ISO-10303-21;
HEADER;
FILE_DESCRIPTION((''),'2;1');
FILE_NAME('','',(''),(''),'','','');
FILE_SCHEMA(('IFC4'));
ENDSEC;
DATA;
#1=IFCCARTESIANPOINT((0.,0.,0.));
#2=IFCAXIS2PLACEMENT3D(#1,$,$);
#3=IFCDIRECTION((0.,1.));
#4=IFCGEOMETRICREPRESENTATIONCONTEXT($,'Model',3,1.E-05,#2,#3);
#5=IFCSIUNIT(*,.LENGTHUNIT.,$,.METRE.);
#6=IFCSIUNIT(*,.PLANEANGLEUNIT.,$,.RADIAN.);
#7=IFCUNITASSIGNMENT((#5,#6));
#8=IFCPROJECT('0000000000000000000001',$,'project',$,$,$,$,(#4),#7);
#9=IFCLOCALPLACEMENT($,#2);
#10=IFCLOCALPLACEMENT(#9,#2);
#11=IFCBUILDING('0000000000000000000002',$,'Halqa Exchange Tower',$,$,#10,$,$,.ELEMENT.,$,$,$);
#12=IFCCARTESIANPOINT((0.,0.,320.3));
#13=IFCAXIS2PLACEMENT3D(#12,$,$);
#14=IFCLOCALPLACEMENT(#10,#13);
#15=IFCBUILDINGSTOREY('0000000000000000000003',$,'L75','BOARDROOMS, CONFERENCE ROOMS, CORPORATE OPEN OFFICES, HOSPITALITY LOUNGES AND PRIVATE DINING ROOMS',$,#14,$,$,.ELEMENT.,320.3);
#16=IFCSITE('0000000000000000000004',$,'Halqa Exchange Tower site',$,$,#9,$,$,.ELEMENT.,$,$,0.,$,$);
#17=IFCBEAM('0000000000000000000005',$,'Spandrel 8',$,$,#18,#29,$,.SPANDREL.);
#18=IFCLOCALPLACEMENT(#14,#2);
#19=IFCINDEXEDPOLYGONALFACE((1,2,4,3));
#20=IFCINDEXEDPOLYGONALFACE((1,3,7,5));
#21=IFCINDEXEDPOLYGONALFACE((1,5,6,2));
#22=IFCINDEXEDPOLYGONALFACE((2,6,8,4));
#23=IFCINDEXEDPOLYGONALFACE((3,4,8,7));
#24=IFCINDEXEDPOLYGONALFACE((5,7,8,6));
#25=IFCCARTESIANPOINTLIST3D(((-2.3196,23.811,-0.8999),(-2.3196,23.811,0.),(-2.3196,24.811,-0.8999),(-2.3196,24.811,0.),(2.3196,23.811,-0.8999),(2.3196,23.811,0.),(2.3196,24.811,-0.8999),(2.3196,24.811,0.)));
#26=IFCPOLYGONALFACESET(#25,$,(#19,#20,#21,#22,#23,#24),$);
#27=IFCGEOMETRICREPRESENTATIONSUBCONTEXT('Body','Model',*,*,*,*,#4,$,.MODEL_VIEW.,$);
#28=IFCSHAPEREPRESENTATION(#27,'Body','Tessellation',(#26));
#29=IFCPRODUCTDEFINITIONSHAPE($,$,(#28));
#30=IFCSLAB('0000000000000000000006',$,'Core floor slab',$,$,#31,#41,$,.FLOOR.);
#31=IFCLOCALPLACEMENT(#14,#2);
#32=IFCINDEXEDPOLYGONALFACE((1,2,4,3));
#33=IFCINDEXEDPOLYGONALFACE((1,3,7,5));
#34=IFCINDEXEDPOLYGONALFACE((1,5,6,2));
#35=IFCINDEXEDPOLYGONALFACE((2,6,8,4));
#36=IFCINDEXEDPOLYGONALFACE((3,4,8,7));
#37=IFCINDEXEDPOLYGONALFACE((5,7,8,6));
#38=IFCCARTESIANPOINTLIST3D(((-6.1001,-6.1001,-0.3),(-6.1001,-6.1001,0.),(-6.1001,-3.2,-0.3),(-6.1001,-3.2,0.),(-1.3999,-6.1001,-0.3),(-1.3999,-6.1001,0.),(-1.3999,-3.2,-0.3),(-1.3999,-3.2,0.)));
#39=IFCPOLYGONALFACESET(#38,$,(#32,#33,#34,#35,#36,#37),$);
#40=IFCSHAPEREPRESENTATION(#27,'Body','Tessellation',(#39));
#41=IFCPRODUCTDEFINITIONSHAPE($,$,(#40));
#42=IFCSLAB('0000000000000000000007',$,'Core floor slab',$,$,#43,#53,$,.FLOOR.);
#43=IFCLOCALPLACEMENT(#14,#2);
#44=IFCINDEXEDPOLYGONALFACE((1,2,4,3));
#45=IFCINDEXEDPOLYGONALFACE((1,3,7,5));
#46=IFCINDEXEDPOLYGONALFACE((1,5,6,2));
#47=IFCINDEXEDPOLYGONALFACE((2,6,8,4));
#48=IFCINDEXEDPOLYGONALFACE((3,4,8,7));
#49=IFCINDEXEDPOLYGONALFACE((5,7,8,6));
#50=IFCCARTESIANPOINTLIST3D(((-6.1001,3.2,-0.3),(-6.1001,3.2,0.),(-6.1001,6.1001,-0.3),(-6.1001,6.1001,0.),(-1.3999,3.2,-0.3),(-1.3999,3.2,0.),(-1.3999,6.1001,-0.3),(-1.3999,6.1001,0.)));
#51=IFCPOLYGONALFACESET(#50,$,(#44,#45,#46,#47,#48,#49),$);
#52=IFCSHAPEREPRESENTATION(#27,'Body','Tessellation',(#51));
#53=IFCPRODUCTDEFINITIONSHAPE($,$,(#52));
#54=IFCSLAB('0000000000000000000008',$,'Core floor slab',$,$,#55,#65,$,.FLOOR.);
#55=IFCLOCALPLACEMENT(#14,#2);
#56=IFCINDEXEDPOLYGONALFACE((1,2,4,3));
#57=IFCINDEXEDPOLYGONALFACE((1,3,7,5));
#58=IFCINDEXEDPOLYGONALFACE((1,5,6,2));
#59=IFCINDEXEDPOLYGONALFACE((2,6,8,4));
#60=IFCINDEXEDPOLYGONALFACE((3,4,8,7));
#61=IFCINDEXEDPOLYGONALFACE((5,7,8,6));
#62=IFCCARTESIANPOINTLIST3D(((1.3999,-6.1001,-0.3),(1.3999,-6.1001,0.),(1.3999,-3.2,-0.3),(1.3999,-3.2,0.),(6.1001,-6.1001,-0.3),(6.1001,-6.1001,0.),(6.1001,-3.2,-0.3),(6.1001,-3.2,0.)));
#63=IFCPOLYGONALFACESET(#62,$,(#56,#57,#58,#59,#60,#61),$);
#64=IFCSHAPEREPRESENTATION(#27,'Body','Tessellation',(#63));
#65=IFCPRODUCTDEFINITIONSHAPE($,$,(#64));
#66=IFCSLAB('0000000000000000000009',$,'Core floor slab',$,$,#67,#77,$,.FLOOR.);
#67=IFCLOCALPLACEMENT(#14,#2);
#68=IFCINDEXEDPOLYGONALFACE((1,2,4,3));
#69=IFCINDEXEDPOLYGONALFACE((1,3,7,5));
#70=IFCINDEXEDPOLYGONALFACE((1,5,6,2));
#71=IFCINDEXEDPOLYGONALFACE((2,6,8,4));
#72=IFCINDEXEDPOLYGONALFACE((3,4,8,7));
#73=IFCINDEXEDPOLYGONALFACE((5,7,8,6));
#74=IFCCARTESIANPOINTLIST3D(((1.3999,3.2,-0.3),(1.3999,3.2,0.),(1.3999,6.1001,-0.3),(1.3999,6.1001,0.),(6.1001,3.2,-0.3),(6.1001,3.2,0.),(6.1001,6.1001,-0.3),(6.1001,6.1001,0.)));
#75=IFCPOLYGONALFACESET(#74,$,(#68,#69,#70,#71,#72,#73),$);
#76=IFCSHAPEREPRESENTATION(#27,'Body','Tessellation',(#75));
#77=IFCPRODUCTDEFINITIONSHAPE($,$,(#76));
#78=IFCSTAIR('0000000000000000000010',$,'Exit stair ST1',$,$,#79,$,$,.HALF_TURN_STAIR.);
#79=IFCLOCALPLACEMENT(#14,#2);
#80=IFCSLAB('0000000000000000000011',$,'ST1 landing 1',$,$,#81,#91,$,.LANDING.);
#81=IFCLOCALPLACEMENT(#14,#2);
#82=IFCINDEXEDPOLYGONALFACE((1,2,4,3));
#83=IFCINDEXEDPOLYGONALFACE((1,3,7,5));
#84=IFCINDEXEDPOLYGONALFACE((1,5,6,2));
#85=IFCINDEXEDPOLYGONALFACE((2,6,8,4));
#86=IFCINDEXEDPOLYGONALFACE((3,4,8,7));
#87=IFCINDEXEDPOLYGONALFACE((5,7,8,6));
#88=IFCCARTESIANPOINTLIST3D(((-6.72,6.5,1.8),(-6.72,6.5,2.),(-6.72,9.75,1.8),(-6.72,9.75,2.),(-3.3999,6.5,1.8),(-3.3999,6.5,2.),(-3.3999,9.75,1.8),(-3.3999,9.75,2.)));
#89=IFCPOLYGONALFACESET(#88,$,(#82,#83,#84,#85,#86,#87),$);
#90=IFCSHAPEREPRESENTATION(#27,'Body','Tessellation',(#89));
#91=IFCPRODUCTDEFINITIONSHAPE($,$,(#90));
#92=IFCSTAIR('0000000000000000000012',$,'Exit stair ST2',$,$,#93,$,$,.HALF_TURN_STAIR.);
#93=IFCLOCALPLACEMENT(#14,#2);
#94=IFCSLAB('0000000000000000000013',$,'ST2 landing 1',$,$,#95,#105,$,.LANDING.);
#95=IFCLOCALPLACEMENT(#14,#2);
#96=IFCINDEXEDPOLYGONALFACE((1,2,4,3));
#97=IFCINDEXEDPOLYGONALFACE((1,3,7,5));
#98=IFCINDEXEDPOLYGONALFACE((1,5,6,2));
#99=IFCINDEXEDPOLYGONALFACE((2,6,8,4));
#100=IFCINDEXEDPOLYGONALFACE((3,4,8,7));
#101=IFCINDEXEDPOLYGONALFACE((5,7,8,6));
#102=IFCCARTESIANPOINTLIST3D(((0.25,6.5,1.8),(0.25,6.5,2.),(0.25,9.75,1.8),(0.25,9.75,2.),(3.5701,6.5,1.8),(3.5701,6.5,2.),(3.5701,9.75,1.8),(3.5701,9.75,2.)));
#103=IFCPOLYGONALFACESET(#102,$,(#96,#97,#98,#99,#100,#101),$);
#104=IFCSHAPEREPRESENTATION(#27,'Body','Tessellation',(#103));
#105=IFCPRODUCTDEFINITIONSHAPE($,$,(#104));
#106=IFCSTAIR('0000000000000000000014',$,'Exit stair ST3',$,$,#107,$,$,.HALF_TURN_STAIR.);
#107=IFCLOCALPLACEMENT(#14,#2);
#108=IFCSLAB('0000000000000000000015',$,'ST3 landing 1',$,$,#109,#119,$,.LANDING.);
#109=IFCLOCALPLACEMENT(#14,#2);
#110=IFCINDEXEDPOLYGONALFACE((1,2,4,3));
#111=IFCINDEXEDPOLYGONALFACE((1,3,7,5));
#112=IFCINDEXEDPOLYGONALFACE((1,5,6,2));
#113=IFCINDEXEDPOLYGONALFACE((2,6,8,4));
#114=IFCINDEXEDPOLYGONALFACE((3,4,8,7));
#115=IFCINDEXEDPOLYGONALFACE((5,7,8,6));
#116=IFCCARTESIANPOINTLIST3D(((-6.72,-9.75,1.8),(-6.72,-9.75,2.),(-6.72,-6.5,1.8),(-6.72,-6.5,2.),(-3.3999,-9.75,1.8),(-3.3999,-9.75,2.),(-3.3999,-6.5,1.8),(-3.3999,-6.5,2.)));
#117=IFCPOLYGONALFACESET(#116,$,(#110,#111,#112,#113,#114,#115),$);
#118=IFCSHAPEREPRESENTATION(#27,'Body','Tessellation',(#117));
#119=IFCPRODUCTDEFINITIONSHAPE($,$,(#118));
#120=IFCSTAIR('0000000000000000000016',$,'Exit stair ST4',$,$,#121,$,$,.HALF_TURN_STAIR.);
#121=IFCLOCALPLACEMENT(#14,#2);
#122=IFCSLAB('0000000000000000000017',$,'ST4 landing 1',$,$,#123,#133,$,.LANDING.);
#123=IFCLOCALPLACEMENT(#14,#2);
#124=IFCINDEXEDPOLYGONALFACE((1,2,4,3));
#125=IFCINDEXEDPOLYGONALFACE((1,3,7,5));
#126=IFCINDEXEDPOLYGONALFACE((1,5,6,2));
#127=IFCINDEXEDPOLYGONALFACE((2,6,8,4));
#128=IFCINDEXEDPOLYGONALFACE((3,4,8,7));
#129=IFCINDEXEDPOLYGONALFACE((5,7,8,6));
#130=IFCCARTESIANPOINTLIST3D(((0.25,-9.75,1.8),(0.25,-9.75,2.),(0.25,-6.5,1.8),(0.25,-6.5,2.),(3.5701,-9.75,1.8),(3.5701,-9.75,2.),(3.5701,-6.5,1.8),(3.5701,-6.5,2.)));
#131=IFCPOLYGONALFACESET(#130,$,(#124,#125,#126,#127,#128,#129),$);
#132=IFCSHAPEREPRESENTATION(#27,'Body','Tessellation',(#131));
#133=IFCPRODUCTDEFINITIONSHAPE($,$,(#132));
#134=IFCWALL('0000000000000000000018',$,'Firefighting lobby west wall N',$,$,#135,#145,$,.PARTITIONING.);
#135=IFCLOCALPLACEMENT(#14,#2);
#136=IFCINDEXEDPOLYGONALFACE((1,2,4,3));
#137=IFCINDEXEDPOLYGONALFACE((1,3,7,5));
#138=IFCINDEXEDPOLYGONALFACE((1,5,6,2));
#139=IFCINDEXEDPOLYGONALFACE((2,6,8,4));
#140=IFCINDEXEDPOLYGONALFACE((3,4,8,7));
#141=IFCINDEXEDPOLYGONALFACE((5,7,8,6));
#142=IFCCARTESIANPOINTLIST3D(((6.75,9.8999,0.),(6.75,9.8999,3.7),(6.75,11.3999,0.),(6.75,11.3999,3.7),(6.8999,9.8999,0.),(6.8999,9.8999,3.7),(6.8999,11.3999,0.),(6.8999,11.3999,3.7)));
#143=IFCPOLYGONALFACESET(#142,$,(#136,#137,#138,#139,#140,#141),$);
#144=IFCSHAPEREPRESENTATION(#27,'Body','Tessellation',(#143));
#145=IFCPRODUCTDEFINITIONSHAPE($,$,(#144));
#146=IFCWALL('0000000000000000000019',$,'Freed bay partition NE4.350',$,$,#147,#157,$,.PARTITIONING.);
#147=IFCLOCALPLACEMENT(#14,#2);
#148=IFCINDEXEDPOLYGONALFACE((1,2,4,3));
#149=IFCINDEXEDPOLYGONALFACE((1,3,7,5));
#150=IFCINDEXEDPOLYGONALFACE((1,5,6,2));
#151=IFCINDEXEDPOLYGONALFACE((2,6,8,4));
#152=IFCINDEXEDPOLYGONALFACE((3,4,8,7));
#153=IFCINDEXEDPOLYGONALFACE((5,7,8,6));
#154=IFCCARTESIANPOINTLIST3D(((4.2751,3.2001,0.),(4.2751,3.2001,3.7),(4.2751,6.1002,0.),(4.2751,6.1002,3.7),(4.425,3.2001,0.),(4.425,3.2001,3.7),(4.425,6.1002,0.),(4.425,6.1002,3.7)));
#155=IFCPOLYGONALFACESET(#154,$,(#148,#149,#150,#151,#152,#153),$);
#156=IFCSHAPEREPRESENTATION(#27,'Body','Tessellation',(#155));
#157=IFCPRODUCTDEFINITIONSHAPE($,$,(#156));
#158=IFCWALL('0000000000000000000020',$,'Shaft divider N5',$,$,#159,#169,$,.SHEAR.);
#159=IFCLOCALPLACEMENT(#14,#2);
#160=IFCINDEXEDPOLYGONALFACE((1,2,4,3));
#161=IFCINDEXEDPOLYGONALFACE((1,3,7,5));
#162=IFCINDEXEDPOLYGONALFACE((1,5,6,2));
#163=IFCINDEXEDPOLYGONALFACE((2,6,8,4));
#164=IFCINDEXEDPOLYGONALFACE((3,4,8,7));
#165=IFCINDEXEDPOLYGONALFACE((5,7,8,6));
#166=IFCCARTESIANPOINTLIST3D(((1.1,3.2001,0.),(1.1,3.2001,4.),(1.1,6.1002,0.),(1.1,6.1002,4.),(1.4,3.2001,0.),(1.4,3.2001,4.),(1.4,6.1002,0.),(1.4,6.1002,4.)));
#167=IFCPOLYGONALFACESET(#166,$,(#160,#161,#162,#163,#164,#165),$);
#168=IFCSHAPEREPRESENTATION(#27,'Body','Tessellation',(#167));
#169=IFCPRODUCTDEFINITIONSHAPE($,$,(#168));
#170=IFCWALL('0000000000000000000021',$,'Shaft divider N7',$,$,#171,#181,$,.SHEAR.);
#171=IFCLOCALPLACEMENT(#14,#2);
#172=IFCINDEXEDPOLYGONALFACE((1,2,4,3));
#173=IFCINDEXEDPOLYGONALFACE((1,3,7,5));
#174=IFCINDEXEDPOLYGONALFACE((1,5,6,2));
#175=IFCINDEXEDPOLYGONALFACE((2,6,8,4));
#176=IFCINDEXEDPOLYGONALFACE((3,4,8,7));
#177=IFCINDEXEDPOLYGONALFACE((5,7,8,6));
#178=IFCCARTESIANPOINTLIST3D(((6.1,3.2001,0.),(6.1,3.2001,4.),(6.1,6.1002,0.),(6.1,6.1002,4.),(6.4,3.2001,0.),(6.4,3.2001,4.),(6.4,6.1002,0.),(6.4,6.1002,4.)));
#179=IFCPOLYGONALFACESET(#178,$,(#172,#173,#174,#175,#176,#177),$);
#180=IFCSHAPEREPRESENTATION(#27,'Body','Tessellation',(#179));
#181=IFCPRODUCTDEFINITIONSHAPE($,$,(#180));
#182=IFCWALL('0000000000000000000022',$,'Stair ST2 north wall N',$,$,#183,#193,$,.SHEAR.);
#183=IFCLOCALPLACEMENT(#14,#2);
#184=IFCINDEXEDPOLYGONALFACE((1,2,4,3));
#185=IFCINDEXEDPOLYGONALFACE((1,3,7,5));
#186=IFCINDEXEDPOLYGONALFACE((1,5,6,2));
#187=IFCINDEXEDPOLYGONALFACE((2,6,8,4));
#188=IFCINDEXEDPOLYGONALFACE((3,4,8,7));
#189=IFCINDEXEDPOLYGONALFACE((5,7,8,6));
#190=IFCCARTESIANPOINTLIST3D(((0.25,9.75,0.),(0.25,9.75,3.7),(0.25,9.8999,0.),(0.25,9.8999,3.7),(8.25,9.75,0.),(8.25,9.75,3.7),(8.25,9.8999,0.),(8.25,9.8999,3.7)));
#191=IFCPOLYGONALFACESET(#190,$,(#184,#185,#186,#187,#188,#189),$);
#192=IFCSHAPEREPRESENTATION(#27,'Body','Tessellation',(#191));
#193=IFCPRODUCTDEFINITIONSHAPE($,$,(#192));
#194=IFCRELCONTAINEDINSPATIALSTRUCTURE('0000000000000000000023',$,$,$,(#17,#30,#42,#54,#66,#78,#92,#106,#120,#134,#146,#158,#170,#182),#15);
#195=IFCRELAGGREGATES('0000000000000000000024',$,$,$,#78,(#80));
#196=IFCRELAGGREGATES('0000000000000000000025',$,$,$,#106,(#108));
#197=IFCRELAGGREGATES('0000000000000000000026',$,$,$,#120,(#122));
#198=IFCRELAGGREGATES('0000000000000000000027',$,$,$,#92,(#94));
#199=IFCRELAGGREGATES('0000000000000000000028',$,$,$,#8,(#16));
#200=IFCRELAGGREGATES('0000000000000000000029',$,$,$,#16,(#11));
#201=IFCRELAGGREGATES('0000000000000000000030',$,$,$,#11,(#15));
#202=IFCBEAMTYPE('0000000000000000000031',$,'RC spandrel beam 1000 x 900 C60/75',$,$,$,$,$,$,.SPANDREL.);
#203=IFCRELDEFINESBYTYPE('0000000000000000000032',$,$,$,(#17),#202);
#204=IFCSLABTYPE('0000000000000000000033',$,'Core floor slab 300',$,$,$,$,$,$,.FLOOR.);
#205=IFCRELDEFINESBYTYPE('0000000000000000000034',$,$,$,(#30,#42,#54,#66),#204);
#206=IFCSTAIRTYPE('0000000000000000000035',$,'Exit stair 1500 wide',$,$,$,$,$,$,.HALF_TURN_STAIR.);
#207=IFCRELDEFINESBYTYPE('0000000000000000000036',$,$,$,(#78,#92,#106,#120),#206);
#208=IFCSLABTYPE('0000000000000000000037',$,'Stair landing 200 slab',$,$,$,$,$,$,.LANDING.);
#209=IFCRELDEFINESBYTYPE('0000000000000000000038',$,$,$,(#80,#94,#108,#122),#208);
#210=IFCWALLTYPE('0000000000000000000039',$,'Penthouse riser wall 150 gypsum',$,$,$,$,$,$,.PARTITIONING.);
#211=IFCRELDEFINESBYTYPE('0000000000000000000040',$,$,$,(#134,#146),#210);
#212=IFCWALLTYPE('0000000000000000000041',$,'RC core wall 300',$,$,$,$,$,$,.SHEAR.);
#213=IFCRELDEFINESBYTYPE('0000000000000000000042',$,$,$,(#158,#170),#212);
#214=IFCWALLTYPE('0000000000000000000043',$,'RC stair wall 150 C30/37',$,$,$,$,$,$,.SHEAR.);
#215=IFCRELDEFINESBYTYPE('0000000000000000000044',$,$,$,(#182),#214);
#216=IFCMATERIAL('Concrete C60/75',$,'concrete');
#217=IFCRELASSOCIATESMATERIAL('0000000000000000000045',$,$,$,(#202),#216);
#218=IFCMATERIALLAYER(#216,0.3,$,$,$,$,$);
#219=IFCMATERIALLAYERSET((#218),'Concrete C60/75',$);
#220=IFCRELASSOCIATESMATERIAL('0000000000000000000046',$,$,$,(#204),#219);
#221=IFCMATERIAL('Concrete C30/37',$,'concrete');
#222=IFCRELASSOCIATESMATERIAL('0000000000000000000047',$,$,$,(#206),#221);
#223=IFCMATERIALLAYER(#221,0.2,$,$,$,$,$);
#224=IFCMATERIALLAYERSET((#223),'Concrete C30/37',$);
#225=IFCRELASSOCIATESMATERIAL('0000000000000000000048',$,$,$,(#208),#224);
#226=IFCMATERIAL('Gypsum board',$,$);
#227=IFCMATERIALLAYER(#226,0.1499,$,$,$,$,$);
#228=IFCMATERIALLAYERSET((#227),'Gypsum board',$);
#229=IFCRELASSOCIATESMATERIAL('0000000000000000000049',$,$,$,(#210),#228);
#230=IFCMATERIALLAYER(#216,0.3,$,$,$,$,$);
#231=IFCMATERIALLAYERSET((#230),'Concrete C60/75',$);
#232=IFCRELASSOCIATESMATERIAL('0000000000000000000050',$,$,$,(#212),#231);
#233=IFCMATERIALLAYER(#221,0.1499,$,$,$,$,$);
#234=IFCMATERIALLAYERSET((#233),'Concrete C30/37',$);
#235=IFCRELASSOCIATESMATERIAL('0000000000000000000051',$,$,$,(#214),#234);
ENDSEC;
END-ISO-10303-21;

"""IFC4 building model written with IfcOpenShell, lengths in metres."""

from ifc_helpers import new_model, si_unit, direction, frame, frame_2d, origin, origin_2d, place, context, subcontext, project, spatial, polyline, rectangle, outline, extrude, material, layer, layer_set, material_profile, profile_set, type_object, element, aggregate, save


model = new_model("IFC4")

# Units and contexts
model_context = context("Model", 3, precision=1e-05, world=origin(), true_north=direction((0.0, 1.0)))
body_context = subcontext(model_context, "Body", "Model", "MODEL_VIEW")
ifc_project = project(units=[si_unit("LENGTHUNIT", "METRE"), si_unit("PLANEANGLEUNIT", "RADIAN")], contexts=[model_context])

# Site, building, storey
site_placement = place(None, origin())
site = spatial("IfcSite", under=ifc_project, at=site_placement, Name="Halqa Exchange Tower site", CompositionType="ELEMENT", RefElevation=0.0)
building_placement = place(site_placement, origin())
building = spatial("IfcBuilding", under=site, at=building_placement, Name="Halqa Exchange Tower", CompositionType="ELEMENT")
storey_placement = place(building_placement, frame((0.0, 0.0, 320.3)))
storey = spatial("IfcBuildingStorey", under=building, at=storey_placement, Name="L75", Description="BOARDROOMS, CONFERENCE ROOMS, CORPORATE OPEN OFFICES, HOSPITALITY LOUNGES AND PRIVATE DINING ROOMS", CompositionType="ELEMENT", Elevation=320.3)

# Beam
ifc_material_1 = material(Name="Concrete C60/75", Category="concrete")
ifc_material_profile_1 = material_profile(ifc_material_1, rectangle(XDim=1.0, YDim=0.8999, at=origin_2d()), Name="1000 x 900")
ifc_profile_set_1 = profile_set([ifc_material_profile_1], Name="Concrete C60/75")
beam_type_1 = type_object("IfcBeamType", Name="RC spandrel beam 1000 x 900 C60/75", PredefinedType="SPANDREL", material=ifc_profile_set_1)
beam_1_placement = place(storey_placement, frame((2.3196, 24.311, -0.45), z_axis=(-1.0, 0.0, 0.0), x_axis=(0.0, -1.0, 0.0)))
element("IfcBeam", 1, at=beam_1_placement, inside=storey, type_object=beam_type_1, Name="Spandrel 8", PredefinedType="SPANDREL", context=body_context, shape_type="SweptSolid", body=[
    extrude(rectangle(XDim=1.0, YDim=0.8999, at=origin_2d()), origin(), (0.0, 0.0, 1.0), 4.6392),
])

# Slabs
ifc_layer_1 = layer(ifc_material_1, 0.3)
ifc_layer_set_1 = layer_set([ifc_layer_1], Name="Concrete C60/75")
slab_type_1 = type_object("IfcSlabType", Name="Core floor slab 300", PredefinedType="FLOOR", material=ifc_layer_set_1)
slab_1_placement = place(storey_placement, frame((0.0, 0.0, -0.3)))
element("IfcSlab", 2, at=slab_1_placement, inside=storey, type_object=slab_type_1, Name="Core floor slab", PredefinedType="FLOOR", context=body_context, shape_type="SweptSolid", body=[
    extrude(outline(polyline([(-1.3999, -3.2), (-1.3999, -6.1001), (-6.1001, -6.1001), (-6.1001, -3.2), (-1.3999, -3.2)])), origin(), (0.0, 0.0, 1.0), 0.3),
])
slab_2_placement = place(storey_placement, frame((0.0, 0.0, -0.3)))
element("IfcSlab", 3, at=slab_2_placement, inside=storey, type_object=slab_type_1, Name="Core floor slab", PredefinedType="FLOOR", context=body_context, shape_type="SweptSolid", body=[
    extrude(outline(polyline([(-1.3999, 3.2), (-6.1001, 3.2), (-6.1001, 6.1001), (-1.3999, 6.1001), (-1.3999, 3.2)])), origin(), (0.0, 0.0, 1.0), 0.3),
])
slab_3_placement = place(storey_placement, frame((0.0, 0.0, -0.3)))
element("IfcSlab", 4, at=slab_3_placement, inside=storey, type_object=slab_type_1, Name="Core floor slab", PredefinedType="FLOOR", context=body_context, shape_type="SweptSolid", body=[
    extrude(outline(polyline([(6.1001, -3.2), (6.1001, -6.1001), (1.3999, -6.1001), (1.3999, -3.2), (6.1001, -3.2)])), origin(), (0.0, 0.0, 1.0), 0.3),
])
slab_4_placement = place(storey_placement, frame((0.0, 0.0, -0.3)))
element("IfcSlab", 5, at=slab_4_placement, inside=storey, type_object=slab_type_1, Name="Core floor slab", PredefinedType="FLOOR", context=body_context, shape_type="SweptSolid", body=[
    extrude(outline(polyline([(6.1001, 6.1001), (6.1001, 3.2), (1.3999, 3.2), (1.3999, 6.1001), (6.1001, 6.1001)])), origin(), (0.0, 0.0, 1.0), 0.3),
])

# Stairs, slabs
ifc_material_2 = material(Name="Concrete C30/37", Category="concrete")
stair_type = type_object("IfcStairType", Name="Exit stair 1500 wide", PredefinedType="HALF_TURN_STAIR", material=ifc_material_2)
stair_1_placement = place(storey_placement, origin())
stair_1 = element("IfcStair", 6, at=stair_1_placement, inside=storey, type_object=stair_type, Name="Exit stair ST1", PredefinedType="HALF_TURN_STAIR")
ifc_layer_2 = layer(ifc_material_2, 0.2)
ifc_layer_set_2 = layer_set([ifc_layer_2], Name="Concrete C30/37")
slab_type_2 = type_object("IfcSlabType", Name="Stair landing 200 slab", PredefinedType="LANDING", material=ifc_layer_set_2)
slab_5_placement = place(storey_placement, frame((0.0, 0.0, 1.8)))
slab_5 = element("IfcSlab", 7, at=slab_5_placement, type_object=slab_type_2, Name="ST1 landing 1", PredefinedType="LANDING", context=body_context, shape_type="SweptSolid", body=[
    extrude(outline(polyline([(-6.72, 6.5), (-3.3999, 6.5), (-3.3999, 9.75), (-6.72, 9.75), (-6.72, 6.5)])), origin(), (0.0, 0.0, 1.0), 0.2),
])
aggregate(stair_1, [slab_5])
stair_2_placement = place(storey_placement, origin())
stair_2 = element("IfcStair", 8, at=stair_2_placement, inside=storey, type_object=stair_type, Name="Exit stair ST2", PredefinedType="HALF_TURN_STAIR")
slab_6_placement = place(storey_placement, frame((0.0, 0.0, 1.8)))
slab_6 = element("IfcSlab", 9, at=slab_6_placement, type_object=slab_type_2, Name="ST2 landing 1", PredefinedType="LANDING", context=body_context, shape_type="SweptSolid", body=[
    extrude(outline(polyline([(0.25, 6.5), (3.5701, 6.5), (3.5701, 9.75), (0.25, 9.75), (0.25, 6.5)])), origin(), (0.0, 0.0, 1.0), 0.2),
])
stair_3_placement = place(storey_placement, origin())
stair_3 = element("IfcStair", 10, at=stair_3_placement, inside=storey, type_object=stair_type, Name="Exit stair ST3", PredefinedType="HALF_TURN_STAIR")
slab_7_placement = place(storey_placement, frame((0.0, 0.0, 1.8)))
slab_7 = element("IfcSlab", 11, at=slab_7_placement, type_object=slab_type_2, Name="ST3 landing 1", PredefinedType="LANDING", context=body_context, shape_type="SweptSolid", body=[
    extrude(outline(polyline([(-6.72, -9.75), (-3.3999, -9.75), (-3.3999, -6.5), (-6.72, -6.5), (-6.72, -9.75)])), origin(), (0.0, 0.0, 1.0), 0.2),
])
aggregate(stair_3, [slab_7])
stair_4_placement = place(storey_placement, origin())
stair_4 = element("IfcStair", 12, at=stair_4_placement, inside=storey, type_object=stair_type, Name="Exit stair ST4", PredefinedType="HALF_TURN_STAIR")
slab_8_placement = place(storey_placement, frame((0.0, 0.0, 1.8)))
slab_8 = element("IfcSlab", 13, at=slab_8_placement, type_object=slab_type_2, Name="ST4 landing 1", PredefinedType="LANDING", context=body_context, shape_type="SweptSolid", body=[
    extrude(outline(polyline([(0.25, -9.75), (3.5701, -9.75), (3.5701, -6.5), (0.25, -6.5), (0.25, -9.75)])), origin(), (0.0, 0.0, 1.0), 0.2),
])
aggregate(stair_4, [slab_8])

# Walls
ifc_material_3 = material(Name="Gypsum board")
ifc_layer_3 = layer(ifc_material_3, 0.1499)
ifc_layer_set_3 = layer_set([ifc_layer_3], Name="Gypsum board")
wall_type_1 = type_object("IfcWallType", Name="Penthouse riser wall 150 gypsum", PredefinedType="PARTITIONING", material=ifc_layer_set_3)
wall_1_placement = place(storey_placement, frame((6.825, 9.8999, 0.0), z_axis=(0.0, 0.0, 1.0), x_axis=(0.0, 1.0, 0.0)))
element("IfcWall", 14, at=wall_1_placement, inside=storey, type_object=wall_type_1, Name="Firefighting lobby west wall N", PredefinedType="PARTITIONING", context=body_context, shape_type="SweptSolid", body=[
    extrude(rectangle(XDim=1.5, YDim=0.1499, at=frame_2d((0.75, 0.0))), origin(), (0.0, 0.0, 1.0), 3.7),
])
wall_2_placement = place(storey_placement, frame((4.3501, 3.2, 0.0), z_axis=(0.0, 0.0, 1.0), x_axis=(0.0, 1.0, 0.0)))
element("IfcWall", 15, at=wall_2_placement, inside=storey, type_object=wall_type_1, Name="Freed bay partition NE4.350", PredefinedType="PARTITIONING", context=body_context, shape_type="SweptSolid", body=[
    extrude(rectangle(XDim=2.9001, YDim=0.1499, at=frame_2d((1.4502, 0.0))), origin(), (0.0, 0.0, 1.0), 3.7),
])
ifc_layer_4 = layer(ifc_material_1, 0.3)
ifc_layer_set_4 = layer_set([ifc_layer_4], Name="Concrete C60/75")
wall_type_2 = type_object("IfcWallType", Name="RC core wall 300", PredefinedType="SHEAR", material=ifc_layer_set_4)
for number, where, z_axis, x_axis, name in (
    (16, (1.25, 3.2, 0.0), (0.0, 0.0, 1.0), (0.0, 1.0, 0.0), "Shaft divider N5"),
    (17, (6.25, 3.2, 0.0), (0.0, 0.0, 1.0), (0.0, 1.0, 0.0), "Shaft divider N7"),
):
    element("IfcWall", number, at=place(storey_placement, frame(where, z_axis=z_axis, x_axis=x_axis)), inside=storey, type_object=wall_type_2, Name=name, PredefinedType="SHEAR", context=body_context, shape_type="SweptSolid", body=[
        extrude(rectangle(XDim=2.9001, YDim=0.3, at=frame_2d((1.4502, 0.0))), origin(), (0.0, 0.0, 1.0), 4.0),
    ])
ifc_layer_5 = layer(ifc_material_2, 0.1499)
ifc_layer_set_5 = layer_set([ifc_layer_5], Name="Concrete C30/37")
wall_type_3 = type_object("IfcWallType", Name="RC stair wall 150 C30/37", PredefinedType="SHEAR", material=ifc_layer_set_5)
wall_3_placement = place(storey_placement, frame((0.25, 9.825, 0.0), z_axis=(0.0, 0.0, 1.0), x_axis=(1.0, 0.0, 0.0)))
element("IfcWall", 18, at=wall_3_placement, inside=storey, type_object=wall_type_3, Name="Stair ST2 north wall N", PredefinedType="SHEAR", context=body_context, shape_type="SweptSolid", body=[
    extrude(rectangle(XDim=8.0, YDim=0.1499, at=frame_2d((4.0, 0.0))), origin(), (0.0, 0.0, 1.0), 3.7),
])

aggregate(stair_2, [slab_6])

save(model, "model.ifc")
